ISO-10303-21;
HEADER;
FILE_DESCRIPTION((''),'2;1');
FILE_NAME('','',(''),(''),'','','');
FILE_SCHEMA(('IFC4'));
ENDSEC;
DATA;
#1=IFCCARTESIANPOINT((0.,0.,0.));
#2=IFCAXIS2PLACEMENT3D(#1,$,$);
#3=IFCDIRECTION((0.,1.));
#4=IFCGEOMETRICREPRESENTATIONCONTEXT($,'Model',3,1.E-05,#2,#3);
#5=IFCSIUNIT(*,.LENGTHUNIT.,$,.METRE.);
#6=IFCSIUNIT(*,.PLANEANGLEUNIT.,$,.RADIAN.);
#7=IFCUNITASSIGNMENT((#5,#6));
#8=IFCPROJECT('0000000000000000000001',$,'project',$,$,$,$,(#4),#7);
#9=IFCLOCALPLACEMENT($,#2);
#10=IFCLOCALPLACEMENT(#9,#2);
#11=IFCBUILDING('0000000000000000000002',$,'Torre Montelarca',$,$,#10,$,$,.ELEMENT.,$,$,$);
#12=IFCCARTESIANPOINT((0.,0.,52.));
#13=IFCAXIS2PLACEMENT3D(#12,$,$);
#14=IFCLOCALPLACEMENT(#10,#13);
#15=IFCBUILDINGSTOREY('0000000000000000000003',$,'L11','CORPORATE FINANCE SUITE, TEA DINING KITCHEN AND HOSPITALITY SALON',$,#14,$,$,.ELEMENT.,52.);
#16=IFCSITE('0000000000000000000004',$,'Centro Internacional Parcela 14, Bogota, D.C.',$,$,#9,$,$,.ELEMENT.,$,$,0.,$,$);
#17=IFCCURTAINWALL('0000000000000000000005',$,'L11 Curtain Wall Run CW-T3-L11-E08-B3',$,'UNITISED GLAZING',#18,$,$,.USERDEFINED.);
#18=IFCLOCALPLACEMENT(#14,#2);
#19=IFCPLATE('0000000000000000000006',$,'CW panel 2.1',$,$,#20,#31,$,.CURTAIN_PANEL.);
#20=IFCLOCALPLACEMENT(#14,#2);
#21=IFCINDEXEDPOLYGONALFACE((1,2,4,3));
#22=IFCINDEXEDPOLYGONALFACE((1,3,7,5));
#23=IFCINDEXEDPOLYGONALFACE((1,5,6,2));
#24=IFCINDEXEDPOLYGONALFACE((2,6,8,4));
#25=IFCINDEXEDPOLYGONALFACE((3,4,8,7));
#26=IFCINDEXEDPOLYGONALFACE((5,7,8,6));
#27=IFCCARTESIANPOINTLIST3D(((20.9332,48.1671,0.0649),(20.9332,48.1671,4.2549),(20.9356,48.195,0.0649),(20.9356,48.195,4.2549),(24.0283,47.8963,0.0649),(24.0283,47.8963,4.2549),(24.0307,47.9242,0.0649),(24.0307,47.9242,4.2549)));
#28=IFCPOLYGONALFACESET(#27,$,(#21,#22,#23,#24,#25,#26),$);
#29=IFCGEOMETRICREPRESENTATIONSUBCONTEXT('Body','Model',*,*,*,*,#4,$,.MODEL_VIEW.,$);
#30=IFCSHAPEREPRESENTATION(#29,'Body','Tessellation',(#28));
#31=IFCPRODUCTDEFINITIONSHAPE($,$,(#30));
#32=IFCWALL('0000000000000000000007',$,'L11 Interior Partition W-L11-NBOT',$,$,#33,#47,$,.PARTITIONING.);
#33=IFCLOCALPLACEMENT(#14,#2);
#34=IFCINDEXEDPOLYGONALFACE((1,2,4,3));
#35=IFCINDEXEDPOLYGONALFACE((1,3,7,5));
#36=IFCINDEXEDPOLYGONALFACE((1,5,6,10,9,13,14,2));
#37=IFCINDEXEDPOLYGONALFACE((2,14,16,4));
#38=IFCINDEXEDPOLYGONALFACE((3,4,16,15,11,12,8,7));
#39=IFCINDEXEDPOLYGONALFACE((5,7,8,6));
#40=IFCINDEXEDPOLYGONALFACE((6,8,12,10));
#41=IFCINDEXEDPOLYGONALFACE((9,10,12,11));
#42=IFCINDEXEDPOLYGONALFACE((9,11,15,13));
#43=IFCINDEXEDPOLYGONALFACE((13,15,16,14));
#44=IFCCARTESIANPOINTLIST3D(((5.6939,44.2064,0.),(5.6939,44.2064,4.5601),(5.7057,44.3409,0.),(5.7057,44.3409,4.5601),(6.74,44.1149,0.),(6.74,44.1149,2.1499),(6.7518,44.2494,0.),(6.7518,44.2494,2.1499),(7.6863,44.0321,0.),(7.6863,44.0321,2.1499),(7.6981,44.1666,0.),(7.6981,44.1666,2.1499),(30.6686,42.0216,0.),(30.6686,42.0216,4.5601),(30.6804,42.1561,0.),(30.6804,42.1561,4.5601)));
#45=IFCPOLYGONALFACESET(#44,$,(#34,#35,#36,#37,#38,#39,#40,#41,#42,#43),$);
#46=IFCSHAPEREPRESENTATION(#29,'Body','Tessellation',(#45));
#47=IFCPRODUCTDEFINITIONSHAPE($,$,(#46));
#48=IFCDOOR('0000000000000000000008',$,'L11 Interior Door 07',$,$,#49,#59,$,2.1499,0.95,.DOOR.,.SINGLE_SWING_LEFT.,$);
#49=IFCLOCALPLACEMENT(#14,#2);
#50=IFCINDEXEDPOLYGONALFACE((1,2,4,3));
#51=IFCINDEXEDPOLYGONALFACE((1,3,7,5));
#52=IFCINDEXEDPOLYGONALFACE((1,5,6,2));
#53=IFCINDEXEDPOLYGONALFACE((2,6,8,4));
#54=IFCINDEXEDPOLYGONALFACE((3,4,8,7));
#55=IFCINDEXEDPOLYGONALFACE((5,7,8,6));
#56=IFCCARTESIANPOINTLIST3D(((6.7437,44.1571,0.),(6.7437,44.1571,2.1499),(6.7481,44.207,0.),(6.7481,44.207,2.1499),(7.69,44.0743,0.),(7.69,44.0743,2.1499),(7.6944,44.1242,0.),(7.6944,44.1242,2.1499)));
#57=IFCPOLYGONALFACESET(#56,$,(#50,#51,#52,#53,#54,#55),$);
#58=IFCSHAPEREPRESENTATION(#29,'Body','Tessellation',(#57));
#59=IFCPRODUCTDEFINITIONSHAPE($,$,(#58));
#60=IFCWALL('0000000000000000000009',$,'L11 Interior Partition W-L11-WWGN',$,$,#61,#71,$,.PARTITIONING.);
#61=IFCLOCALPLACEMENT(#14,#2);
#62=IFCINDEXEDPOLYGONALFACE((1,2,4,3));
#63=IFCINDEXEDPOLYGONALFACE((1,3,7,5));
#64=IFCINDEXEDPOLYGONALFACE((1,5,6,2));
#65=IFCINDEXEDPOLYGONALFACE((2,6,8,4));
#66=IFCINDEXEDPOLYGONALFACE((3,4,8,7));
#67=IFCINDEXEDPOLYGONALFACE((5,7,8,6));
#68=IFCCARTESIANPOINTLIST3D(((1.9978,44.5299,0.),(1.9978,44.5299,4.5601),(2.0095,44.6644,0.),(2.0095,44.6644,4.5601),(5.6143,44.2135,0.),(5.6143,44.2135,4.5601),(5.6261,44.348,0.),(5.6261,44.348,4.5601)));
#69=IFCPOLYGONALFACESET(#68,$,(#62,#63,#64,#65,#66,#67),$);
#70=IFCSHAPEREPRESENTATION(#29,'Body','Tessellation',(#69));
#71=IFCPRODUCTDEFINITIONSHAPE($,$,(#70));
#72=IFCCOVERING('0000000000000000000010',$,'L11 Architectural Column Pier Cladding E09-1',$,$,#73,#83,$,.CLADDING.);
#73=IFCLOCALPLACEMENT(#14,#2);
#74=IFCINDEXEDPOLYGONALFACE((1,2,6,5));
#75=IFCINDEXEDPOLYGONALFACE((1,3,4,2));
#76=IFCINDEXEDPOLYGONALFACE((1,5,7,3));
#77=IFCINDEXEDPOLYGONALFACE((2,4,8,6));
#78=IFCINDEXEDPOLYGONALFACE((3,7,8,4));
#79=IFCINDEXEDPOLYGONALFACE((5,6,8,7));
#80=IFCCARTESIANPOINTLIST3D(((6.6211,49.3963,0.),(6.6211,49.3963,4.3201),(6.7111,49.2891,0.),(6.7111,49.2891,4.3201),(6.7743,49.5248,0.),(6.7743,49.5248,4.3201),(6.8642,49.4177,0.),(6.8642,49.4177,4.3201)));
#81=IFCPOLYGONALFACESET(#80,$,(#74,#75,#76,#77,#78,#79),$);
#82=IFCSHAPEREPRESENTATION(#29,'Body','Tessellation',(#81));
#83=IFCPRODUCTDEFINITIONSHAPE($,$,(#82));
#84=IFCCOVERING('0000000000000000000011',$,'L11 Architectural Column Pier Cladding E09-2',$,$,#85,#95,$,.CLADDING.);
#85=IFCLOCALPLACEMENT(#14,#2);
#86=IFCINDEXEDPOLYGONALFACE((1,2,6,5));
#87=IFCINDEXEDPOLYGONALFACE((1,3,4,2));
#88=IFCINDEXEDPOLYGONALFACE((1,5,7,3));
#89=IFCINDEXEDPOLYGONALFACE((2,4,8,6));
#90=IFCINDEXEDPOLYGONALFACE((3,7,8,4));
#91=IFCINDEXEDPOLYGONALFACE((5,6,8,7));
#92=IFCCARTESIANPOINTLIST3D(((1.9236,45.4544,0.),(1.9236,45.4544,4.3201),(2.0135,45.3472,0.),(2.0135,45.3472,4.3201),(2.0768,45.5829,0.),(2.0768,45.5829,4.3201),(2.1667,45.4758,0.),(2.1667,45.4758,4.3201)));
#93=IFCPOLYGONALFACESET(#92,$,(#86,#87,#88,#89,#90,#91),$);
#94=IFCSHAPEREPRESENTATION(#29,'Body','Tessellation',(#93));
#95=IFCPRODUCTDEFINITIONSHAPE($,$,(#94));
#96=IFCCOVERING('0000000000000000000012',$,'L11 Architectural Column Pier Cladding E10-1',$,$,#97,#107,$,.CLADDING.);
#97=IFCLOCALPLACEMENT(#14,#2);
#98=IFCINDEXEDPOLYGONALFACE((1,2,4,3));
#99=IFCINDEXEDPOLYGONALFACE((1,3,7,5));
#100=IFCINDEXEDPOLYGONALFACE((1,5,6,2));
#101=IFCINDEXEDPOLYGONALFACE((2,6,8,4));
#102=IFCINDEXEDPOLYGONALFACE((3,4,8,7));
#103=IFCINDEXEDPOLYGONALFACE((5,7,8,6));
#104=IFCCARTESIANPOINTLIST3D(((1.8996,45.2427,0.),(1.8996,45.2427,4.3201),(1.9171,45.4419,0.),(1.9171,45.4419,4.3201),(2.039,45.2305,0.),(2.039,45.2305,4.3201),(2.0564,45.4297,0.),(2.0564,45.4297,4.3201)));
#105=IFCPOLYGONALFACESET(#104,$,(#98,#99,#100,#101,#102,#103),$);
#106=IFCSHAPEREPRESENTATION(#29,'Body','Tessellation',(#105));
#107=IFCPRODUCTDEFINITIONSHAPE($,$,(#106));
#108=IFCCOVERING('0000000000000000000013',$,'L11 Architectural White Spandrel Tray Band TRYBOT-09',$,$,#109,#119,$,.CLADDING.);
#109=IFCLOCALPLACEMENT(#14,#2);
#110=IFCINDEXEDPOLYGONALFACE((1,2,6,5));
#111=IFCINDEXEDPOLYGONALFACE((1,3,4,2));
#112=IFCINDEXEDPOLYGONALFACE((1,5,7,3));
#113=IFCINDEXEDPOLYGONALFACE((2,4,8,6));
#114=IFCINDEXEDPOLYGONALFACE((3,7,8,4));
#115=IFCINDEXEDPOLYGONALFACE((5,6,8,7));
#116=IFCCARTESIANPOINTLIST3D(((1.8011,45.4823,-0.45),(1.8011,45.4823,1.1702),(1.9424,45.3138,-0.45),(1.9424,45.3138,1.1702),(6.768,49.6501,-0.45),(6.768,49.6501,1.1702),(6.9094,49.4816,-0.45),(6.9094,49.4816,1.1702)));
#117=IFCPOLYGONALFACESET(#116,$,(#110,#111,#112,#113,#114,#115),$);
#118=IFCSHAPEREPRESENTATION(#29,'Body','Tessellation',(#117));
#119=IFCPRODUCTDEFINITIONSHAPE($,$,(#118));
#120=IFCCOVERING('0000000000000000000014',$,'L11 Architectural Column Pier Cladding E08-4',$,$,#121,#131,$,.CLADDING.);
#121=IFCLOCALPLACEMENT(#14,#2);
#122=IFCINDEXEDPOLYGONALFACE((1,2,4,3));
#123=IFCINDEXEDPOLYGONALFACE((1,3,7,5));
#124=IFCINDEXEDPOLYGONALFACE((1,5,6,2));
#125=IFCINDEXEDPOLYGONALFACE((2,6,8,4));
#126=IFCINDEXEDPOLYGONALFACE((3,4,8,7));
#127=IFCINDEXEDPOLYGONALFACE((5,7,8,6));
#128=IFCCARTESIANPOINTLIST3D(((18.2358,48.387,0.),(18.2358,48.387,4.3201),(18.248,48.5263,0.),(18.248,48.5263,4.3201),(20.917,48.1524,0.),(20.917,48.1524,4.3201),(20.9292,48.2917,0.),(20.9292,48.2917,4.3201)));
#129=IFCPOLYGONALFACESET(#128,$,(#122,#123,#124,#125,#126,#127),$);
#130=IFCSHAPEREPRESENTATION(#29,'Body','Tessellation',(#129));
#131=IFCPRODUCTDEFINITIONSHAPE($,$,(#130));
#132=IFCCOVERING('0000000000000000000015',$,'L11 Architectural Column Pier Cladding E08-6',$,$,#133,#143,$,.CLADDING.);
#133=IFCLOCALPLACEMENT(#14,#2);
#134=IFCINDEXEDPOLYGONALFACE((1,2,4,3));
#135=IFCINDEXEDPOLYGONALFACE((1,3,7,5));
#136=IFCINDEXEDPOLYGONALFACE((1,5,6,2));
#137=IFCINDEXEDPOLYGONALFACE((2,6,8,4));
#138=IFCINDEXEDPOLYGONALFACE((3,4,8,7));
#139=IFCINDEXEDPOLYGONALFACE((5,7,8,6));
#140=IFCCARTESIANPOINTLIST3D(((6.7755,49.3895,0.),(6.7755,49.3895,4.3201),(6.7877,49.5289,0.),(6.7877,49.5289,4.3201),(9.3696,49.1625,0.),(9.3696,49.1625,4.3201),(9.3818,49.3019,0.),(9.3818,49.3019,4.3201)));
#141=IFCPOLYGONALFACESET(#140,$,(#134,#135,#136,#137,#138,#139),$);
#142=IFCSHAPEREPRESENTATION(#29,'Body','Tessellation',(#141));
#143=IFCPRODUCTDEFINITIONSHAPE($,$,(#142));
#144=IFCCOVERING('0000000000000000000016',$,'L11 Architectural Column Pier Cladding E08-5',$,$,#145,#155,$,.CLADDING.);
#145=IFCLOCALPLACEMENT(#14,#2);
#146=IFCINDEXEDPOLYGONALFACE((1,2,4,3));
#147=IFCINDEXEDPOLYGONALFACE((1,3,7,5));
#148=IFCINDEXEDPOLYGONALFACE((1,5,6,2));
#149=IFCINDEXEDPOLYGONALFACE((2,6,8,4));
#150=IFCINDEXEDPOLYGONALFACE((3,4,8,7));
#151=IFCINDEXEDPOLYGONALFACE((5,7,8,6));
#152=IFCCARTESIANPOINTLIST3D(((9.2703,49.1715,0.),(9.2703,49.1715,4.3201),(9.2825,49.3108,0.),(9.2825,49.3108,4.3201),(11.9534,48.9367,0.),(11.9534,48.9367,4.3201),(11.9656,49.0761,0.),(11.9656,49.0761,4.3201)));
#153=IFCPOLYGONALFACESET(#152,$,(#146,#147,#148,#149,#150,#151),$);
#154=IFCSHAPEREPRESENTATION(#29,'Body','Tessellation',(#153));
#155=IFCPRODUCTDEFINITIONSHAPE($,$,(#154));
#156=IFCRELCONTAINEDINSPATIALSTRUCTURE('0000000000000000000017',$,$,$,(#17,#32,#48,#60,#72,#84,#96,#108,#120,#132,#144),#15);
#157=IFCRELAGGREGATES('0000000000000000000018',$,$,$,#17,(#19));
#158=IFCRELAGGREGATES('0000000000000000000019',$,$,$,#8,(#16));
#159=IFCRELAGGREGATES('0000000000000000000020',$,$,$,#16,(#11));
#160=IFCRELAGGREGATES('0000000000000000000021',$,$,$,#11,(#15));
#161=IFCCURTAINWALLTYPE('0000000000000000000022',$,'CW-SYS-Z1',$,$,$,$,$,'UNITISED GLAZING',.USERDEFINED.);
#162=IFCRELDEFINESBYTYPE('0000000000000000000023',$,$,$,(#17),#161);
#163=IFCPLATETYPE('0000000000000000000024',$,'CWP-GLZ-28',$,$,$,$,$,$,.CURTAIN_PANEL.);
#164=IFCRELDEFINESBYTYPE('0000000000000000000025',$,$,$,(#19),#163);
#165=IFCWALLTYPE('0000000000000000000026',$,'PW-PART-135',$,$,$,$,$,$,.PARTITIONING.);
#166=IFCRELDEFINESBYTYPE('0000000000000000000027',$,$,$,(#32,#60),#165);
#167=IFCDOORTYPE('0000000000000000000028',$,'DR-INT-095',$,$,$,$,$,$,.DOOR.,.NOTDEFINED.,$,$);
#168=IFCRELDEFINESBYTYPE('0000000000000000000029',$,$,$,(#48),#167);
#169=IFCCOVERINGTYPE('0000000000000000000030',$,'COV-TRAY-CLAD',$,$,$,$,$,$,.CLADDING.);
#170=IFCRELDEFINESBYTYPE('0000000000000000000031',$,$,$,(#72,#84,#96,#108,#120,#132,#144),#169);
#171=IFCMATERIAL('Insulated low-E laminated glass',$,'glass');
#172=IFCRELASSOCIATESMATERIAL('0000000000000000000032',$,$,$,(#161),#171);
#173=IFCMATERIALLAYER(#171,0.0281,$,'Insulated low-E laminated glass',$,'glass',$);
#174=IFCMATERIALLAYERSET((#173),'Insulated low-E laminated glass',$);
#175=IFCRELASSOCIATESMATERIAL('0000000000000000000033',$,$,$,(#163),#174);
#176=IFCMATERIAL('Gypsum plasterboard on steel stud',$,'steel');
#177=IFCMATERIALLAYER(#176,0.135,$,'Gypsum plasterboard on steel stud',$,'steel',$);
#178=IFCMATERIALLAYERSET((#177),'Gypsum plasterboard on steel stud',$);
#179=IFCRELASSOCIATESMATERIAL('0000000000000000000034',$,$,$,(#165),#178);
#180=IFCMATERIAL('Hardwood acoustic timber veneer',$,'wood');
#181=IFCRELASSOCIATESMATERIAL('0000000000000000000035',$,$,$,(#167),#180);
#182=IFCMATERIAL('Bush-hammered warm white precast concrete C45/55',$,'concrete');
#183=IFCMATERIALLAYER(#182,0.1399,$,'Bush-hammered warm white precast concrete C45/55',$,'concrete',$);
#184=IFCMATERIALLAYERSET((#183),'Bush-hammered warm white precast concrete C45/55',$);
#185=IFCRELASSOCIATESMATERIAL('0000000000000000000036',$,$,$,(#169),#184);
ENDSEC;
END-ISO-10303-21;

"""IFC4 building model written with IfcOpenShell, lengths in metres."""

from ifc_helpers import new_model, si_unit, direction, frame, frame_2d, origin, origin_2d, place, context, subcontext, project, spatial, rectangle, extrude, source, transform, mapped, material, layer, layer_set, type_object, element, fill, aggregate, save


model = new_model("IFC4")

# Units and contexts
model_context = context("Model", 3, precision=1e-05, world=origin(), true_north=direction((0.0, 1.0)))
body_context = subcontext(model_context, "Body", "Model", "MODEL_VIEW")
ifc_project = project(units=[si_unit("LENGTHUNIT", "METRE"), si_unit("PLANEANGLEUNIT", "RADIAN")], contexts=[model_context])

# Site, building, storey
site_placement = place(None, origin())
site = spatial("IfcSite", under=ifc_project, at=site_placement, Name="Centro Internacional Parcela 14, Bogota, D.C.", CompositionType="ELEMENT", RefElevation=0.0)
building_placement = place(site_placement, origin())
building = spatial("IfcBuilding", under=site, at=building_placement, Name="Torre Montelarca", CompositionType="ELEMENT")
storey_placement = place(building_placement, frame((0.0, 0.0, 52.0)))
storey = spatial("IfcBuildingStorey", under=building, at=storey_placement, Name="L11", Description="CORPORATE FINANCE SUITE, TEA DINING KITCHEN AND HOSPITALITY SALON", CompositionType="ELEMENT", Elevation=52.0)

# Curtain wall
ifc_material_1 = material(Name="Insulated low-E laminated glass", Category="glass")
curtain_wall_type = type_object("IfcCurtainWallType", Name="CW-SYS-Z1", ElementType="UNITISED GLAZING", PredefinedType="USERDEFINED", material=ifc_material_1)
curtain_wall_1_placement = place(storey_placement, origin())
curtain_wall_1 = element("IfcCurtainWall", 1, at=curtain_wall_1_placement, inside=storey, type_object=curtain_wall_type, Name="L11 Curtain Wall Run CW-T3-L11-E08-B3", ObjectType="UNITISED GLAZING", PredefinedType="USERDEFINED")

# Plate
ifc_layer_1 = layer(ifc_material_1, 0.0281, Name="Insulated low-E laminated glass", Category="glass")
ifc_layer_set_1 = layer_set([ifc_layer_1], Name="Insulated low-E laminated glass")
plate_type = type_object("IfcPlateType", Name="CWP-GLZ-28", PredefinedType="CURTAIN_PANEL", material=ifc_layer_set_1)
shared_shape_1 = source(origin(), body_context, "Body", "SweptSolid", [
    extrude(rectangle(XDim=3.1069, YDim=0.0281, at=origin_2d()), origin(), (0.0, 0.0, 1.0), 4.1899),
])
plate_1_placement = place(storey_placement, frame((22.4819, 48.0457, 0.0649), z_axis=(0.0, 0.0, 1.0), x_axis=(-0.996194, 0.087162, 0.0)))
plate_1 = element("IfcPlate", 2, at=plate_1_placement, type_object=plate_type, Name="CW panel 2.1", PredefinedType="CURTAIN_PANEL", context=body_context, shape_type="MappedRepresentation", body=[
    mapped(shared_shape_1, transform((0.0, 0.0, 0.0), scale=1.0)),
])
aggregate(curtain_wall_1, [plate_1])

# Wall, opening, door
ifc_material_2 = material(Name="Gypsum plasterboard on steel stud", Category="steel")
ifc_layer_2 = layer(ifc_material_2, 0.135, Name="Gypsum plasterboard on steel stud", Category="steel")
ifc_layer_set_2 = layer_set([ifc_layer_2], Name="Gypsum plasterboard on steel stud")
wall_type = type_object("IfcWallType", Name="PW-PART-135", PredefinedType="PARTITIONING", material=ifc_layer_set_2)
wall_1_placement = place(storey_placement, frame((5.6997, 44.2737, 0.0), z_axis=(0.0, 0.0, 1.0), x_axis=(0.996195, -0.087149, 0.0)))
wall_1 = element("IfcWall", 3, at=wall_1_placement, inside=storey, type_object=wall_type, Name="L11 Interior Partition W-L11-NBOT", PredefinedType="PARTITIONING", context=body_context, shape_type="SweptSolid", body=[
    extrude(rectangle(XDim=25.0701, YDim=0.135, at=frame_2d((12.5352, 0.0))), origin(), (0.0, 0.0, 1.0), 4.5601),
])
opening_placement = place(wall_1_placement, frame((1.05, 0.0, 0.0)))
opening = element("IfcOpeningElement", 4, at=opening_placement, cuts=wall_1, PredefinedType="OPENING", context=body_context, shape_type="SweptSolid", body=[
    extrude(rectangle(XDim=0.95, YDim=2.1499, at=frame_2d((0.4751, 1.075))), frame((0.0, 0.0776, 0.0), z_axis=(0.0, -1.0, 0.0), x_axis=(1.0, 0.0, 0.0)), (0.0, 0.0, 1.0), 0.155),
])
ifc_material_3 = material(Name="Hardwood acoustic timber veneer", Category="wood")
door_type = type_object("IfcDoorType", Name="DR-INT-095", OperationType="NOTDEFINED", PredefinedType="DOOR", material=ifc_material_3)
shared_shape_2 = source(origin(), body_context, "Body", "SweptSolid", [
    extrude(rectangle(XDim=0.95, YDim=2.1499, at=frame_2d((0.4751, 1.075))), frame((0.0, 0.0249, 0.0), z_axis=(0.0, -1.0, 0.0), x_axis=(1.0, 0.0, 0.0)), (0.0, 0.0, 1.0), 0.05),
])
door_placement = place(opening_placement, origin())
door = element("IfcDoor", 5, at=door_placement, inside=storey, type_object=door_type, Name="L11 Interior Door 07", OperationType="SINGLE_SWING_LEFT", OverallHeight=2.1499, OverallWidth=0.95, PredefinedType="DOOR", context=body_context, shape_type="MappedRepresentation", body=[
    mapped(shared_shape_2, transform((0.0, 0.0, 0.0), scale=1.0)),
])
fill(opening, door)

# Wall
wall_2_placement = place(storey_placement, frame((2.0037, 44.5972, 0.0), z_axis=(0.0, 0.0, 1.0), x_axis=(0.996195, -0.087158, 0.0)))
element("IfcWall", 6, at=wall_2_placement, inside=storey, type_object=wall_type, Name="L11 Interior Partition W-L11-WWGN", PredefinedType="PARTITIONING", context=body_context, shape_type="SweptSolid", body=[
    extrude(rectangle(XDim=3.6304, YDim=0.135, at=frame_2d((1.8152, 0.0))), origin(), (0.0, 0.0, 1.0), 4.5601),
])

# Coverings
ifc_material_4 = material(Name="Bush-hammered warm white precast concrete C45/55", Category="concrete")
ifc_layer_3 = layer(ifc_material_4, 0.1399, Name="Bush-hammered warm white precast concrete C45/55", Category="concrete")
ifc_layer_set_3 = layer_set([ifc_layer_3], Name="Bush-hammered warm white precast concrete C45/55")
covering_type = type_object("IfcCoveringType", Name="COV-TRAY-CLAD", PredefinedType="CLADDING", material=ifc_layer_set_3)
shared_shape_3 = source(origin(), body_context, "Body", "SweptSolid", [
    extrude(rectangle(XDim=0.2, YDim=0.1399, at=origin_2d()), origin(), (0.0, 0.0, 1.0), 4.3201),
])
for number, where, z_axis, x_axis, name in (
    (7, (6.7427, 49.407, 0.0), (0.0, 0.0, 1.0), (-0.766039, -0.642794, 0.0), "L11 Architectural Column Pier Cladding E09-1"),
    (8, (2.0452, 45.4651, 0.0), (0.0, 0.0, 1.0), (-0.766039, -0.642794, 0.0), "L11 Architectural Column Pier Cladding E09-2"),
    (9, (1.978, 45.3362, 0.0), (0.0, 0.0, 1.0), (-0.087161, -0.996194, 0.0), "L11 Architectural Column Pier Cladding E10-1"),
):
    element("IfcCovering", number, at=place(storey_placement, frame(where, z_axis=z_axis, x_axis=x_axis)), inside=storey, type_object=covering_type, Name=name, PredefinedType="CLADDING", context=body_context, shape_type="MappedRepresentation", body=[
        mapped(shared_shape_3, transform((0.0, 0.0, 0.0), scale=1.0)),
    ])
shared_shape_4 = source(origin(), body_context, "Body", "SweptSolid", [
    extrude(rectangle(XDim=6.4839, YDim=0.22, at=origin_2d()), origin(), (0.0, 0.0, 1.0), 1.6201),
])
covering_1_placement = place(storey_placement, frame((4.3552, 47.4819, -0.45), z_axis=(0.0, 0.0, 1.0), x_axis=(-0.766044, -0.642788, 0.0)))
element("IfcCovering", 10, at=covering_1_placement, inside=storey, type_object=covering_type, Name="L11 Architectural White Spandrel Tray Band TRYBOT-09", PredefinedType="CLADDING", context=body_context, shape_type="MappedRepresentation", body=[
    mapped(shared_shape_4, transform((0.0, 0.0, 0.0), scale=1.0)),
])
shared_shape_5 = source(origin(), body_context, "Body", "SweptSolid", [
    extrude(rectangle(XDim=2.6914, YDim=0.1399, at=origin_2d()), origin(), (0.0, 0.0, 1.0), 4.3201),
])
covering_2_placement = place(storey_placement, frame((19.5825, 48.3394, 0.0), z_axis=(0.0, 0.0, 1.0), x_axis=(-0.996195, 0.087157, 0.0)))
element("IfcCovering", 11, at=covering_2_placement, inside=storey, type_object=covering_type, Name="L11 Architectural Column Pier Cladding E08-4", PredefinedType="CLADDING", context=body_context, shape_type="MappedRepresentation", body=[
    mapped(shared_shape_5, transform((0.0, 0.0, 0.0), scale=1.0)),
])
shared_shape_6 = source(origin(), body_context, "Body", "SweptSolid", [
    extrude(rectangle(XDim=2.604, YDim=0.1399, at=origin_2d()), origin(), (0.0, 0.0, 1.0), 4.3201),
])
covering_3_placement = place(storey_placement, frame((8.0786, 49.3457, 0.0), z_axis=(0.0, 0.0, 1.0), x_axis=(-0.996195, 0.087157, 0.0)))
element("IfcCovering", 12, at=covering_3_placement, inside=storey, type_object=covering_type, Name="L11 Architectural Column Pier Cladding E08-6", PredefinedType="CLADDING", context=body_context, shape_type="MappedRepresentation", body=[
    mapped(shared_shape_6, transform((0.0, 0.0, 0.0), scale=1.0)),
])
shared_shape_7 = source(origin(), body_context, "Body", "SweptSolid", [
    extrude(rectangle(XDim=2.6934, YDim=0.1399, at=origin_2d()), origin(), (0.0, 0.0, 1.0), 4.3201),
])
covering_4_placement = place(storey_placement, frame((10.6179, 49.1238, 0.0), z_axis=(0.0, 0.0, 1.0), x_axis=(-0.996195, 0.087157, 0.0)))
element("IfcCovering", 13, at=covering_4_placement, inside=storey, type_object=covering_type, Name="L11 Architectural Column Pier Cladding E08-5", PredefinedType="CLADDING", context=body_context, shape_type="MappedRepresentation", body=[
    mapped(shared_shape_7, transform((0.0, 0.0, 0.0), scale=1.0)),
])

save(model, "model.ifc")
